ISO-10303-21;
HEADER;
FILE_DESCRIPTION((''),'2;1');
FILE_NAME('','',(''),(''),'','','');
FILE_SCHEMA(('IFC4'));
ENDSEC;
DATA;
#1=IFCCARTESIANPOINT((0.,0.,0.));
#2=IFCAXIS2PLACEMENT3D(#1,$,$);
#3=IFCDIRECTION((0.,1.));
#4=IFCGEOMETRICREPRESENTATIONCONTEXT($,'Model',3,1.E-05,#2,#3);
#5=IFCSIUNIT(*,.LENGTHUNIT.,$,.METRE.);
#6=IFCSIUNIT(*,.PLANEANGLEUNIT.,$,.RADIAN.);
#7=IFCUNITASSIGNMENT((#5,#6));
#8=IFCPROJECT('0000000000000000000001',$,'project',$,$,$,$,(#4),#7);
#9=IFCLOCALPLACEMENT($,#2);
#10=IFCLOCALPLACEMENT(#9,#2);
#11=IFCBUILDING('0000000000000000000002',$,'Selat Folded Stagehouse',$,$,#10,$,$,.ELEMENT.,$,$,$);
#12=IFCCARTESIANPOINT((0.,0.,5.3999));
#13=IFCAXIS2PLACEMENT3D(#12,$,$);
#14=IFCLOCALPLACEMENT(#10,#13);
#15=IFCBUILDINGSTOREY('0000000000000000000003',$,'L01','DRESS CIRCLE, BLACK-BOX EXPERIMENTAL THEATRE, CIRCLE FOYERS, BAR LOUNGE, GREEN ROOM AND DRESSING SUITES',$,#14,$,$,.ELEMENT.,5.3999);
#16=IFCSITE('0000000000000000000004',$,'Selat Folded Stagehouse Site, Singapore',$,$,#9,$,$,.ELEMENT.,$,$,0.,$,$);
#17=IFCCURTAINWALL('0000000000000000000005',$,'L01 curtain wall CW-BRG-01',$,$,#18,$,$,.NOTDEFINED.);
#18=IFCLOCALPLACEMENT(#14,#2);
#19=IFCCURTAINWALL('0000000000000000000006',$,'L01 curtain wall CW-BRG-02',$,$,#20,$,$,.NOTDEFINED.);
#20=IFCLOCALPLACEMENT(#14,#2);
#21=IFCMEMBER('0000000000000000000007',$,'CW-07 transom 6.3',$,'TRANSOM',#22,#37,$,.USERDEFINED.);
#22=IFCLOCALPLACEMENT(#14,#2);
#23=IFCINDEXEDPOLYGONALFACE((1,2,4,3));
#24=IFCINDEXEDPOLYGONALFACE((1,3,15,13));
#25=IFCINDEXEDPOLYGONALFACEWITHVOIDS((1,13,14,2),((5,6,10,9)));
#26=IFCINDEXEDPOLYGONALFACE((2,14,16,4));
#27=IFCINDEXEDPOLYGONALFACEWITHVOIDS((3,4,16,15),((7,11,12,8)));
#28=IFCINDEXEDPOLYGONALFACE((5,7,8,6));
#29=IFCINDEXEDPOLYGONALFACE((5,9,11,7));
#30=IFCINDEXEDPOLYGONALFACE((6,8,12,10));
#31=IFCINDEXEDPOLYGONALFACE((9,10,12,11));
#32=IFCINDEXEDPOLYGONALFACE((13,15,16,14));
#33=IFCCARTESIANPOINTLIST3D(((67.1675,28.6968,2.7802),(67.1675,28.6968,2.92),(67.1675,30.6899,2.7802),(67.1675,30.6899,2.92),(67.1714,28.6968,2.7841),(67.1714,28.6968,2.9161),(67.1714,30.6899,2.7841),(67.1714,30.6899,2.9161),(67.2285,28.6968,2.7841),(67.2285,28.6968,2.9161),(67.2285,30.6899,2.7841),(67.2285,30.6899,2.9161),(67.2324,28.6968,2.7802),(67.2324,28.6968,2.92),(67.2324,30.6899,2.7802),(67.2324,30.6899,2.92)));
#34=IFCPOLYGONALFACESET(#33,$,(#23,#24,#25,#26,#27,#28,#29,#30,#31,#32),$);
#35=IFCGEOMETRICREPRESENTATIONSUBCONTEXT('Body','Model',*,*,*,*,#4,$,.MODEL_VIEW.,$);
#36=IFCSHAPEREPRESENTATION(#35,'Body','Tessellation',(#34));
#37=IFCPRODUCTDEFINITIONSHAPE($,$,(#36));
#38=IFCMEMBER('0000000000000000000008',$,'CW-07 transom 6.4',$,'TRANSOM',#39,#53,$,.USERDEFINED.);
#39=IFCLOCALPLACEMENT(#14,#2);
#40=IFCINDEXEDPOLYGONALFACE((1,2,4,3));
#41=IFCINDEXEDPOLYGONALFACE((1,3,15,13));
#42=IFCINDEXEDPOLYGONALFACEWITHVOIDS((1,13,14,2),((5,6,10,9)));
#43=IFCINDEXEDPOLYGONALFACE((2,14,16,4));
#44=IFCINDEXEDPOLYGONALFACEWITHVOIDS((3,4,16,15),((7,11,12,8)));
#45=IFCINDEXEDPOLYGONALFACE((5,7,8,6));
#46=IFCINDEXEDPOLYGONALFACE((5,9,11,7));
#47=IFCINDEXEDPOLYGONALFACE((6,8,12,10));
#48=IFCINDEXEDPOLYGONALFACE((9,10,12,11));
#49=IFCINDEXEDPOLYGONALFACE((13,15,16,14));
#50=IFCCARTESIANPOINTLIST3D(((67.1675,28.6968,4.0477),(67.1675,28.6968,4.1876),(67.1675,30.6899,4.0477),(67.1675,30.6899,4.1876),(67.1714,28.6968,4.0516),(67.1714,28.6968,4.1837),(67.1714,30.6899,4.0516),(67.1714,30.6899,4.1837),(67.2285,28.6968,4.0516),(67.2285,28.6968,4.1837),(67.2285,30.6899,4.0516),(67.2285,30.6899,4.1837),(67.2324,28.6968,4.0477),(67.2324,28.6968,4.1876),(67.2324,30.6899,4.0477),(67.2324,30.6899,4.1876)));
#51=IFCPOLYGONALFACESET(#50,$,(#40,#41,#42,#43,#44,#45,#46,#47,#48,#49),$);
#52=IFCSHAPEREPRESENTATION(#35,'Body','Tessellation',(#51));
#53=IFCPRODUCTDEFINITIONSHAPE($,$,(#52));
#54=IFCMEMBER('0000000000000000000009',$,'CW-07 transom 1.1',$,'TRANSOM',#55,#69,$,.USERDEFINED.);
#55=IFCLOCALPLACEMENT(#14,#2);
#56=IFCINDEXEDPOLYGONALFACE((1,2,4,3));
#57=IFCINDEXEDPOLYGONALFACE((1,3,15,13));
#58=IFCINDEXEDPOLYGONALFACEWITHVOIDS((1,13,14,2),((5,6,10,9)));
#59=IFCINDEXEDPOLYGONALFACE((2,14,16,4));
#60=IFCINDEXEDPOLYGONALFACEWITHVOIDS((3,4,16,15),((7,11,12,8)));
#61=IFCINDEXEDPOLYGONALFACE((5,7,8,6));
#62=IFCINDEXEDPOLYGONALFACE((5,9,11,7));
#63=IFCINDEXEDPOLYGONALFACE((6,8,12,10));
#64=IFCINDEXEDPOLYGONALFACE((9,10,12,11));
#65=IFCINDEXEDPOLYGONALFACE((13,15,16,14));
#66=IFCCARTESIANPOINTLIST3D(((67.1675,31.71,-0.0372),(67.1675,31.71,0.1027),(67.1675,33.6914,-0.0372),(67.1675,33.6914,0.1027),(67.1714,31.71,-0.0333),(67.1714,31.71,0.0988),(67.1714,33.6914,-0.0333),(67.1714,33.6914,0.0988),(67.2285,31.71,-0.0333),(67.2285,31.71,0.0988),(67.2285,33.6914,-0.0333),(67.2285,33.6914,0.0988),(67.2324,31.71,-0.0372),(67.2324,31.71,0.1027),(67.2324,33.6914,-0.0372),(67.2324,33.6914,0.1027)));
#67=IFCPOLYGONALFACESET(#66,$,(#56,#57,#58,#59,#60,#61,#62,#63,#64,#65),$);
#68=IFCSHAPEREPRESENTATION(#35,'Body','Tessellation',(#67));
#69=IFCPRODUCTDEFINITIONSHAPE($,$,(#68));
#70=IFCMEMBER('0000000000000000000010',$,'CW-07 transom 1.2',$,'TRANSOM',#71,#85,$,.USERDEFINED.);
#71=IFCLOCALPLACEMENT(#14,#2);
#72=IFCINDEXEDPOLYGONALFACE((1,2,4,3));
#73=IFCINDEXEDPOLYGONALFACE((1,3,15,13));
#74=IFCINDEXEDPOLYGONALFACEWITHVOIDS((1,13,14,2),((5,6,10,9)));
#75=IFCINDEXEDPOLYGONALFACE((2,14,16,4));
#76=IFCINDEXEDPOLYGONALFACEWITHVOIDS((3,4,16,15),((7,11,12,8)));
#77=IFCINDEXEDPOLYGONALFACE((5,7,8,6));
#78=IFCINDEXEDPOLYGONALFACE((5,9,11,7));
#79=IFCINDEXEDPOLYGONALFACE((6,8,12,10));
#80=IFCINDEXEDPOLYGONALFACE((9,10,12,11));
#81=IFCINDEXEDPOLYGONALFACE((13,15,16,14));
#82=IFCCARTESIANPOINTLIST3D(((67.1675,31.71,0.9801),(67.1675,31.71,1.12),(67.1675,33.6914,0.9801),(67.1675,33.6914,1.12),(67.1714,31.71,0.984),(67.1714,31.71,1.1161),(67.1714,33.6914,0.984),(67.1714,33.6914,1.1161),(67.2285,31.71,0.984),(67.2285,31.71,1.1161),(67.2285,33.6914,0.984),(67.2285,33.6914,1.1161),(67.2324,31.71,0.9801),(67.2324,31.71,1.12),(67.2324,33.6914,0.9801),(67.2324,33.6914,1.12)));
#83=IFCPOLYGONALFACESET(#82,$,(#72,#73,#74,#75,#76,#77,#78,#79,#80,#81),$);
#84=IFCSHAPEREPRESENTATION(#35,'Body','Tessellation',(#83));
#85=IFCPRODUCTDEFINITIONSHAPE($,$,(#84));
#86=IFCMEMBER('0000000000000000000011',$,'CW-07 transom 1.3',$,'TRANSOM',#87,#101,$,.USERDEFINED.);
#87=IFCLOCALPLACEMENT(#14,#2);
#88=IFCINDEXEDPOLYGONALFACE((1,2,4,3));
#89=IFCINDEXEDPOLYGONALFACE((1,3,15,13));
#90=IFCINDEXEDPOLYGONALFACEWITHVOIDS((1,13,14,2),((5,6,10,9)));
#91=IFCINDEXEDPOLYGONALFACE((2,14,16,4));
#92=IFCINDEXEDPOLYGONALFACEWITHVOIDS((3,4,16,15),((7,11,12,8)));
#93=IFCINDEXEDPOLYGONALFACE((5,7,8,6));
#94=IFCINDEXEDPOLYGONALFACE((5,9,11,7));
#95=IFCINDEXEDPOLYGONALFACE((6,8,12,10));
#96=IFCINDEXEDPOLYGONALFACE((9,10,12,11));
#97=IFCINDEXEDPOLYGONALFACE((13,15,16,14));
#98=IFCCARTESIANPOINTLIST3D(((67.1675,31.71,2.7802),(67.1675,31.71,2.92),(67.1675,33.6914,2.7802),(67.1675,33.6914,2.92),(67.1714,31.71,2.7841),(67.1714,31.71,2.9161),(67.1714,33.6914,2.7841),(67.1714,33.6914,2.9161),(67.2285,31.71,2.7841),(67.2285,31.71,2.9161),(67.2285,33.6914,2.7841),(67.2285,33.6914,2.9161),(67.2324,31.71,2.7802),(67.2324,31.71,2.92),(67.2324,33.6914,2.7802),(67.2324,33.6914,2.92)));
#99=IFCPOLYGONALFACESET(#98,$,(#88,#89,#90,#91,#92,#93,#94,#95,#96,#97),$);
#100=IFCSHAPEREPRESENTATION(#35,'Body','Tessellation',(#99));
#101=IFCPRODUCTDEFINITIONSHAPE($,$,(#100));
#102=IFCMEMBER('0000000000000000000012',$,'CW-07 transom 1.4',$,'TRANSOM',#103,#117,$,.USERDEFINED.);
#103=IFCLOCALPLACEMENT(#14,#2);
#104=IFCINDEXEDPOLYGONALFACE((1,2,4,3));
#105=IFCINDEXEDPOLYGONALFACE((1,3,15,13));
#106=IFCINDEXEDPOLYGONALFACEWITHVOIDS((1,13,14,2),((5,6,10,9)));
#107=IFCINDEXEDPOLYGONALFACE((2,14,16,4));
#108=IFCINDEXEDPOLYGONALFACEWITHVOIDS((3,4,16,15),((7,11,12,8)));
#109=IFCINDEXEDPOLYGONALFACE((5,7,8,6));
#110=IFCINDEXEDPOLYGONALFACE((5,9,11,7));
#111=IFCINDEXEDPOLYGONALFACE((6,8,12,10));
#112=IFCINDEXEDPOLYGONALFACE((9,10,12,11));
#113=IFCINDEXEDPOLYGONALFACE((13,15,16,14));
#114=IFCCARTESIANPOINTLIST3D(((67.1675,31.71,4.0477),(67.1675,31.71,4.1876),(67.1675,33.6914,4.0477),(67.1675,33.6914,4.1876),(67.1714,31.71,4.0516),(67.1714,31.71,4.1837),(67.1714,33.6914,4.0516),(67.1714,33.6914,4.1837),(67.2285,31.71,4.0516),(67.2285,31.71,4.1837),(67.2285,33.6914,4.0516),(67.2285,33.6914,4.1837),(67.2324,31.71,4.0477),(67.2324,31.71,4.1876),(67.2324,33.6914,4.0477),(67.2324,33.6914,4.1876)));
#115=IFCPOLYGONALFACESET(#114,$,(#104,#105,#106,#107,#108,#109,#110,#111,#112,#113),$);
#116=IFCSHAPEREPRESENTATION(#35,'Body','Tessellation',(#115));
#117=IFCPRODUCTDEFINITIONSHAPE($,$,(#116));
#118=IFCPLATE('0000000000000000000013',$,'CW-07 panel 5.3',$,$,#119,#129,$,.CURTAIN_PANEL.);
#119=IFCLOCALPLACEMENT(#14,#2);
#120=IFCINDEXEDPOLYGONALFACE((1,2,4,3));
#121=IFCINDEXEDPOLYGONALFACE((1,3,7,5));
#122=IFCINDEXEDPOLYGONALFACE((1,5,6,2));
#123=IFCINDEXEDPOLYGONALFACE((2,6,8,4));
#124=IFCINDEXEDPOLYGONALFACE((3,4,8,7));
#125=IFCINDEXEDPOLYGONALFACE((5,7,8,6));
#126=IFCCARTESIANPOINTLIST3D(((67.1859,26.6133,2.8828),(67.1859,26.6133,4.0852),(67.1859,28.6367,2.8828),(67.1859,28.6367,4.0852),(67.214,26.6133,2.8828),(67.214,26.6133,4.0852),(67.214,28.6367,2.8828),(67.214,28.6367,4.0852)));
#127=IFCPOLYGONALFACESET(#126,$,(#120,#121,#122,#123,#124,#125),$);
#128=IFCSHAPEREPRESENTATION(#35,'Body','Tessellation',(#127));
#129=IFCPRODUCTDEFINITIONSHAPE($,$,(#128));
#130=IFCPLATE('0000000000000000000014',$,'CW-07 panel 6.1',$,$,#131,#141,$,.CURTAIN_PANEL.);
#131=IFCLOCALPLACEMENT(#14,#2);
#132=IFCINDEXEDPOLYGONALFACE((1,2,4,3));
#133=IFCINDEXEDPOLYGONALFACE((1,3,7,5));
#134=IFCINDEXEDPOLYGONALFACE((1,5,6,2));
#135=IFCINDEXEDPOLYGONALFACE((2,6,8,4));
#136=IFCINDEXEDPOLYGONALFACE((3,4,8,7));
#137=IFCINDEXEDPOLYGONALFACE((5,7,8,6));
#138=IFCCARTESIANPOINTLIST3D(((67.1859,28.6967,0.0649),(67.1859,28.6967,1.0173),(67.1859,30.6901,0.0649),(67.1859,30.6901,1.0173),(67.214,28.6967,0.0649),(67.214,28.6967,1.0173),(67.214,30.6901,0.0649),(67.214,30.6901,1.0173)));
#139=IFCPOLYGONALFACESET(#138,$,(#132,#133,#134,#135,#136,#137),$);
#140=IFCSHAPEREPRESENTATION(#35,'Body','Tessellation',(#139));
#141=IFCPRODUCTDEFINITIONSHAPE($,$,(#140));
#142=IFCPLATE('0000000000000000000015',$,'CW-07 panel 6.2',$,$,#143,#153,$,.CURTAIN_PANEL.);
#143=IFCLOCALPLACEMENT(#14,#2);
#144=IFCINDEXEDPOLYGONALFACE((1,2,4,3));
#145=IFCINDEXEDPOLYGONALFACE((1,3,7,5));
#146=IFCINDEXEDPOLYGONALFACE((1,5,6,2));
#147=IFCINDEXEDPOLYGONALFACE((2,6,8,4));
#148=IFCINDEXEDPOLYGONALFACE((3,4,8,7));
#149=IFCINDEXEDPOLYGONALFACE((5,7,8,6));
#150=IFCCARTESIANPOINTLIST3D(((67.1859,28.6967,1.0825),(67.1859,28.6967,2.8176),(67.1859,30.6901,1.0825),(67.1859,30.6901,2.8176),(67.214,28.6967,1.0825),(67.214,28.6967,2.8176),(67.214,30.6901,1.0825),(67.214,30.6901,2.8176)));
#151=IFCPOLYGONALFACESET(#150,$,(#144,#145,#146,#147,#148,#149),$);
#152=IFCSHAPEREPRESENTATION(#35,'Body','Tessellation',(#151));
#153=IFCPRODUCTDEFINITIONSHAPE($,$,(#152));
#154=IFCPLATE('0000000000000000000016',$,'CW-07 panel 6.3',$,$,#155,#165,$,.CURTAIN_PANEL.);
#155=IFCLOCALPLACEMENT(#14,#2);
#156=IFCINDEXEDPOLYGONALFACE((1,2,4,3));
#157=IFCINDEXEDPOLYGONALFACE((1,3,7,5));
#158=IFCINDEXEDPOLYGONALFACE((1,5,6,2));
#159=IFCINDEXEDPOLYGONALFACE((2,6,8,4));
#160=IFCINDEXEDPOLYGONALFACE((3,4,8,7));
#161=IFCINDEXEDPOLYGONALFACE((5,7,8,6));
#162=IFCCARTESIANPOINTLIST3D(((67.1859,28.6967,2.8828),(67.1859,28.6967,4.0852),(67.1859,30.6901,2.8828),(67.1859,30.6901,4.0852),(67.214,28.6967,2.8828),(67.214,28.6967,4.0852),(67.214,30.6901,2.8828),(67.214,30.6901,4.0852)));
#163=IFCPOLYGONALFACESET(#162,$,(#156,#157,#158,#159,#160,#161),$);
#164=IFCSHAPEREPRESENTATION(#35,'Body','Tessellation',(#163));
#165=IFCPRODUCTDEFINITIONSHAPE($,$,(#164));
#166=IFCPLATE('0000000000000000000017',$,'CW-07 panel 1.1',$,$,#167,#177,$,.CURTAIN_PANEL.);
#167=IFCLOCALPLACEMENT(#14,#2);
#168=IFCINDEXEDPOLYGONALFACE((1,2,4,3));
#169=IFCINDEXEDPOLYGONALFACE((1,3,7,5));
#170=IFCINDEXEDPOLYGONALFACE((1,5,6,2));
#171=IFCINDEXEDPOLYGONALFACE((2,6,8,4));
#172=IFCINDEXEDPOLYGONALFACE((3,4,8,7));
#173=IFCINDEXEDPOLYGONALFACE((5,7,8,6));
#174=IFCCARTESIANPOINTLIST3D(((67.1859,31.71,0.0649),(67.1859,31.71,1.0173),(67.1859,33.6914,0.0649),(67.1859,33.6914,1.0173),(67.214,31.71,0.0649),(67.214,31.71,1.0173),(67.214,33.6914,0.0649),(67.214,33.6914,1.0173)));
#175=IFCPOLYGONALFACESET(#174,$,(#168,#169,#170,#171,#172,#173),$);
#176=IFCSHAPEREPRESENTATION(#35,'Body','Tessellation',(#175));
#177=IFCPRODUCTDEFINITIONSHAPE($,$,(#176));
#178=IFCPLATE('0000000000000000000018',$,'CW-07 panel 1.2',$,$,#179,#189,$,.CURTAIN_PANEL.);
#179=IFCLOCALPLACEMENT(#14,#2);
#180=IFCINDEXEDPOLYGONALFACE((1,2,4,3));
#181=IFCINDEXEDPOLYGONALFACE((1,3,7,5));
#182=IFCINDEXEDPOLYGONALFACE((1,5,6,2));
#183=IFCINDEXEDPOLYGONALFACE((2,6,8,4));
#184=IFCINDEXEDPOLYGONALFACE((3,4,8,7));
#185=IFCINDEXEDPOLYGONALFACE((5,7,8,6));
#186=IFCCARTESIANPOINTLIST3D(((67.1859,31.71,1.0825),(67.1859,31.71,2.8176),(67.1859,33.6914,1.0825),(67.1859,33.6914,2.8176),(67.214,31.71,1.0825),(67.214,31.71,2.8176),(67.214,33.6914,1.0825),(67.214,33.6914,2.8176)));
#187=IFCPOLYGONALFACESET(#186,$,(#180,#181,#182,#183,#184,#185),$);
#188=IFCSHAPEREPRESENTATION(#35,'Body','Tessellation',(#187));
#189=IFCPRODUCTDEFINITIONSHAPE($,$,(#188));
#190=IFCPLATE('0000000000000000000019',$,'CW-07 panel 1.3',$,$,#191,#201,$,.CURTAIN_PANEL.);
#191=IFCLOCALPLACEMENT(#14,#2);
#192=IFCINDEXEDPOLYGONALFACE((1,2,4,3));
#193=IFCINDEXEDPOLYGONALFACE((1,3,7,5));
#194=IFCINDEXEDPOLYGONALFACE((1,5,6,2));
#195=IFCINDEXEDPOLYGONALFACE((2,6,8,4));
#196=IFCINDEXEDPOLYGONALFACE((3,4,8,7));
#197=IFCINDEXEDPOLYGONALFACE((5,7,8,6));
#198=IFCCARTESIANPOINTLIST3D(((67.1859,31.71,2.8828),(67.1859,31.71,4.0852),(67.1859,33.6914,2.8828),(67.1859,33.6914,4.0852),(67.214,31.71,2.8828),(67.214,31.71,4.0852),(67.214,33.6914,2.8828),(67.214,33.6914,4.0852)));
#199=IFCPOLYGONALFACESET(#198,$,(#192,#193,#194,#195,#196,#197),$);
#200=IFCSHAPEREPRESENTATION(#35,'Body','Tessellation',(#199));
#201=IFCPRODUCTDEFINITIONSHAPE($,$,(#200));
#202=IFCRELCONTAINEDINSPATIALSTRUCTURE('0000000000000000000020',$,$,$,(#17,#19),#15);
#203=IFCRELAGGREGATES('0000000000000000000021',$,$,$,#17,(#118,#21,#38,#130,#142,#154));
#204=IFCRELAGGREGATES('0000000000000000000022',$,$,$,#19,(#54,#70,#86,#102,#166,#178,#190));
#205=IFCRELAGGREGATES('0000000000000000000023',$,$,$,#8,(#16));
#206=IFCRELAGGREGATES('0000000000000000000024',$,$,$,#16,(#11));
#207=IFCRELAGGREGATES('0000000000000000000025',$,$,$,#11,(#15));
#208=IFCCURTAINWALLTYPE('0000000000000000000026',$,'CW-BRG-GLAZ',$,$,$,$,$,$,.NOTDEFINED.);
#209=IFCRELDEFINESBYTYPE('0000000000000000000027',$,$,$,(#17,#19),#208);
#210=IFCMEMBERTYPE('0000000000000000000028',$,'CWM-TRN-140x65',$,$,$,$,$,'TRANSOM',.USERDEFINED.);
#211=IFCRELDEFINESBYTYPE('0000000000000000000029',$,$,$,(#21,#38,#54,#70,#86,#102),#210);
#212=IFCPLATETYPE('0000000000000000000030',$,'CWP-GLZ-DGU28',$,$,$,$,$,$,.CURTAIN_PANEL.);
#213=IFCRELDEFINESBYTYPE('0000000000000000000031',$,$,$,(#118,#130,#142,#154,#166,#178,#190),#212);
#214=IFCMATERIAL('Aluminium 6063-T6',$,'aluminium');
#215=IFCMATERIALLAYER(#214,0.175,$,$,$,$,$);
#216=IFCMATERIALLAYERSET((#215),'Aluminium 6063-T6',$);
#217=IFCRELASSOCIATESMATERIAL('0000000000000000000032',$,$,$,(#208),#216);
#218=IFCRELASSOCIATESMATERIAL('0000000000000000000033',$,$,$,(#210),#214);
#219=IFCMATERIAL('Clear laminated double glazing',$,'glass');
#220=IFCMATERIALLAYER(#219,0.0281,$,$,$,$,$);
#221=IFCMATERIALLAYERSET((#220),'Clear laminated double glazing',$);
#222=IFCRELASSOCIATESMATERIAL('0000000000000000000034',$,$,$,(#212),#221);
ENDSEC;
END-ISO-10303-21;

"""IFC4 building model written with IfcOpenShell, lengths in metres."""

from ifc_helpers import new_model, si_unit, direction, frame, origin, origin_2d, place, context, subcontext, project, spatial, rectangle, hollow_rectangle, extrude, material, layer, layer_set, material_profile, profile_set, type_object, element, aggregate, save


model = new_model("IFC4")

# Units and contexts
model_context = context("Model", 3, precision=1e-05, world=origin(), true_north=direction((0.0, 1.0)))
body_context = subcontext(model_context, "Body", "Model", "MODEL_VIEW")
ifc_project = project(units=[si_unit("LENGTHUNIT", "METRE"), si_unit("PLANEANGLEUNIT", "RADIAN")], contexts=[model_context])

# Site, building, storey
site_placement = place(None, origin())
site = spatial("IfcSite", under=ifc_project, at=site_placement, Name="Selat Folded Stagehouse Site, Singapore", CompositionType="ELEMENT", RefElevation=0.0)
building_placement = place(site_placement, origin())
building = spatial("IfcBuilding", under=site, at=building_placement, Name="Selat Folded Stagehouse", CompositionType="ELEMENT")
storey_placement = place(building_placement, frame((0.0, 0.0, 5.3999)))
storey = spatial("IfcBuildingStorey", under=building, at=storey_placement, Name="L01", Description="DRESS CIRCLE, BLACK-BOX EXPERIMENTAL THEATRE, CIRCLE FOYERS, BAR LOUNGE, GREEN ROOM AND DRESSING SUITES", CompositionType="ELEMENT", Elevation=5.3999)

# Curtain wall
ifc_material_1 = material(Name="Aluminium 6063-T6", Category="aluminium")
ifc_layer_1 = layer(ifc_material_1, 0.175)
ifc_layer_set_1 = layer_set([ifc_layer_1], Name="Aluminium 6063-T6")
curtain_wall_type = type_object("IfcCurtainWallType", Name="CW-BRG-GLAZ", PredefinedType="NOTDEFINED", material=ifc_layer_set_1)
curtain_wall_1_placement = place(storey_placement, origin())
curtain_wall_1 = element("IfcCurtainWall", 1, at=curtain_wall_1_placement, inside=storey, type_object=curtain_wall_type, Name="L01 curtain wall CW-BRG-01", PredefinedType="NOTDEFINED")

# Curtain wall
curtain_wall_2_placement = place(storey_placement, origin())
curtain_wall_2 = element("IfcCurtainWall", 2, at=curtain_wall_2_placement, inside=storey, type_object=curtain_wall_type, Name="L01 curtain wall CW-BRG-02", PredefinedType="NOTDEFINED")

# Members
ifc_material_profile_1 = material_profile(ifc_material_1, hollow_rectangle(XDim=0.0649, YDim=0.1399, WallThickness=0.0039, at=origin_2d()), Name="ALU 140x65x4.0")
ifc_profile_set_1 = profile_set([ifc_material_profile_1], Name="Aluminium 6063-T6")
member_type_1 = type_object("IfcMemberType", Name="CWM-TRN-140x65", ElementType="TRANSOM", PredefinedType="USERDEFINED", material=ifc_profile_set_1)
member_1_placement = place(storey_placement, frame((67.2, 28.6968, 2.8501), z_axis=(0.0, 1.0, 0.0), x_axis=(-1.0, 0.0, 0.0)))
member_1 = element("IfcMember", 3, at=member_1_placement, type_object=member_type_1, Name="CW-07 transom 6.3", ObjectType="TRANSOM", PredefinedType="USERDEFINED", context=body_context, shape_type="SweptSolid", body=[
    extrude(hollow_rectangle(XDim=0.0649, YDim=0.1399, WallThickness=0.0039, at=origin_2d()), origin(), (0.0, 0.0, 1.0), 1.9932),
])
member_2_placement = place(storey_placement, frame((67.2, 28.6968, 4.1177), z_axis=(0.0, 1.0, 0.0), x_axis=(-1.0, 0.0, 0.0)))
member_2 = element("IfcMember", 4, at=member_2_placement, type_object=member_type_1, Name="CW-07 transom 6.4", ObjectType="TRANSOM", PredefinedType="USERDEFINED", context=body_context, shape_type="SweptSolid", body=[
    extrude(hollow_rectangle(XDim=0.0649, YDim=0.1399, WallThickness=0.0039, at=origin_2d()), origin(), (0.0, 0.0, 1.0), 1.9932),
])
member_3_placement = place(storey_placement, frame((67.2, 31.71, 0.0327), z_axis=(0.0, 1.0, 0.0), x_axis=(-1.0, 0.0, 0.0)))
member_3 = element("IfcMember", 5, at=member_3_placement, type_object=member_type_1, Name="CW-07 transom 1.1", ObjectType="TRANSOM", PredefinedType="USERDEFINED", context=body_context, shape_type="SweptSolid", body=[
    extrude(hollow_rectangle(XDim=0.0649, YDim=0.1399, WallThickness=0.0039, at=origin_2d()), origin(), (0.0, 0.0, 1.0), 1.9814),
])
member_4_placement = place(storey_placement, frame((67.2, 31.71, 1.05), z_axis=(0.0, 1.0, 0.0), x_axis=(-1.0, 0.0, 0.0)))
member_4 = element("IfcMember", 6, at=member_4_placement, type_object=member_type_1, Name="CW-07 transom 1.2", ObjectType="TRANSOM", PredefinedType="USERDEFINED", context=body_context, shape_type="SweptSolid", body=[
    extrude(hollow_rectangle(XDim=0.0649, YDim=0.1399, WallThickness=0.0039, at=origin_2d()), origin(), (0.0, 0.0, 1.0), 1.9814),
])
member_5_placement = place(storey_placement, frame((67.2, 31.71, 2.8501), z_axis=(0.0, 1.0, 0.0), x_axis=(-1.0, 0.0, 0.0)))
member_5 = element("IfcMember", 7, at=member_5_placement, type_object=member_type_1, Name="CW-07 transom 1.3", ObjectType="TRANSOM", PredefinedType="USERDEFINED", context=body_context, shape_type="SweptSolid", body=[
    extrude(hollow_rectangle(XDim=0.0649, YDim=0.1399, WallThickness=0.0039, at=origin_2d()), origin(), (0.0, 0.0, 1.0), 1.9814),
])
member_6_placement = place(storey_placement, frame((67.2, 31.71, 4.1177), z_axis=(0.0, 1.0, 0.0), x_axis=(-1.0, 0.0, 0.0)))
member_6 = element("IfcMember", 8, at=member_6_placement, type_object=member_type_1, Name="CW-07 transom 1.4", ObjectType="TRANSOM", PredefinedType="USERDEFINED", context=body_context, shape_type="SweptSolid", body=[
    extrude(hollow_rectangle(XDim=0.0649, YDim=0.1399, WallThickness=0.0039, at=origin_2d()), origin(), (0.0, 0.0, 1.0), 1.9814),
])

# Plates
ifc_material_2 = material(Name="Clear laminated double glazing", Category="glass")
ifc_layer_2 = layer(ifc_material_2, 0.0281)
ifc_layer_set_2 = layer_set([ifc_layer_2], Name="Clear laminated double glazing")
plate_type = type_object("IfcPlateType", Name="CWP-GLZ-DGU28", PredefinedType="CURTAIN_PANEL", material=ifc_layer_set_2)
plate_1_placement = place(storey_placement, frame((67.2, 27.625, 2.8828), z_axis=(0.0, 0.0, 1.0), x_axis=(0.0, 1.0, 0.0)))
plate_1 = element("IfcPlate", 9, at=plate_1_placement, type_object=plate_type, Name="CW-07 panel 5.3", PredefinedType="CURTAIN_PANEL", context=body_context, shape_type="SweptSolid", body=[
    extrude(rectangle(XDim=2.0234, YDim=0.0281, at=origin_2d()), origin(), (0.0, 0.0, 1.0), 1.2024),
])
plate_2_placement = place(storey_placement, frame((67.2, 29.6934, 0.0649), z_axis=(0.0, 0.0, 1.0), x_axis=(0.0, 1.0, 0.0)))
plate_2 = element("IfcPlate", 10, at=plate_2_placement, type_object=plate_type, Name="CW-07 panel 6.1", PredefinedType="CURTAIN_PANEL", context=body_context, shape_type="SweptSolid", body=[
    extrude(rectangle(XDim=1.9934, YDim=0.0281, at=origin_2d()), origin(), (0.0, 0.0, 1.0), 0.9524),
])
plate_3_placement = place(storey_placement, frame((67.2, 29.6934, 1.0825), z_axis=(0.0, 0.0, 1.0), x_axis=(0.0, 1.0, 0.0)))
plate_3 = element("IfcPlate", 11, at=plate_3_placement, type_object=plate_type, Name="CW-07 panel 6.2", PredefinedType="CURTAIN_PANEL", context=body_context, shape_type="SweptSolid", body=[
    extrude(rectangle(XDim=1.9934, YDim=0.0281, at=origin_2d()), origin(), (0.0, 0.0, 1.0), 1.7351),
])
plate_4_placement = place(storey_placement, frame((67.2, 29.6934, 2.8828), z_axis=(0.0, 0.0, 1.0), x_axis=(0.0, 1.0, 0.0)))
plate_4 = element("IfcPlate", 12, at=plate_4_placement, type_object=plate_type, Name="CW-07 panel 6.3", PredefinedType="CURTAIN_PANEL", context=body_context, shape_type="SweptSolid", body=[
    extrude(rectangle(XDim=1.9934, YDim=0.0281, at=origin_2d()), origin(), (0.0, 0.0, 1.0), 1.2024),
])
aggregate(curtain_wall_1, [plate_1, member_1, member_2, plate_2, plate_3, plate_4])
plate_5_placement = place(storey_placement, frame((67.2, 32.7007, 0.0649), z_axis=(0.0, 0.0, 1.0), x_axis=(0.0, 1.0, 0.0)))
plate_5 = element("IfcPlate", 13, at=plate_5_placement, type_object=plate_type, Name="CW-07 panel 1.1", PredefinedType="CURTAIN_PANEL", context=body_context, shape_type="SweptSolid", body=[
    extrude(rectangle(XDim=1.9814, YDim=0.0281, at=origin_2d()), origin(), (0.0, 0.0, 1.0), 0.9524),
])
plate_6_placement = place(storey_placement, frame((67.2, 32.7007, 1.0825), z_axis=(0.0, 0.0, 1.0), x_axis=(0.0, 1.0, 0.0)))
plate_6 = element("IfcPlate", 14, at=plate_6_placement, type_object=plate_type, Name="CW-07 panel 1.2", PredefinedType="CURTAIN_PANEL", context=body_context, shape_type="SweptSolid", body=[
    extrude(rectangle(XDim=1.9814, YDim=0.0281, at=origin_2d()), origin(), (0.0, 0.0, 1.0), 1.7351),
])
plate_7_placement = place(storey_placement, frame((67.2, 32.7007, 2.8828), z_axis=(0.0, 0.0, 1.0), x_axis=(0.0, 1.0, 0.0)))
plate_7 = element("IfcPlate", 15, at=plate_7_placement, type_object=plate_type, Name="CW-07 panel 1.3", PredefinedType="CURTAIN_PANEL", context=body_context, shape_type="SweptSolid", body=[
    extrude(rectangle(XDim=1.9814, YDim=0.0281, at=origin_2d()), origin(), (0.0, 0.0, 1.0), 1.2024),
])
aggregate(curtain_wall_2, [member_3, member_4, member_5, member_6, plate_5, plate_6, plate_7])

save(model, "model.ifc")
